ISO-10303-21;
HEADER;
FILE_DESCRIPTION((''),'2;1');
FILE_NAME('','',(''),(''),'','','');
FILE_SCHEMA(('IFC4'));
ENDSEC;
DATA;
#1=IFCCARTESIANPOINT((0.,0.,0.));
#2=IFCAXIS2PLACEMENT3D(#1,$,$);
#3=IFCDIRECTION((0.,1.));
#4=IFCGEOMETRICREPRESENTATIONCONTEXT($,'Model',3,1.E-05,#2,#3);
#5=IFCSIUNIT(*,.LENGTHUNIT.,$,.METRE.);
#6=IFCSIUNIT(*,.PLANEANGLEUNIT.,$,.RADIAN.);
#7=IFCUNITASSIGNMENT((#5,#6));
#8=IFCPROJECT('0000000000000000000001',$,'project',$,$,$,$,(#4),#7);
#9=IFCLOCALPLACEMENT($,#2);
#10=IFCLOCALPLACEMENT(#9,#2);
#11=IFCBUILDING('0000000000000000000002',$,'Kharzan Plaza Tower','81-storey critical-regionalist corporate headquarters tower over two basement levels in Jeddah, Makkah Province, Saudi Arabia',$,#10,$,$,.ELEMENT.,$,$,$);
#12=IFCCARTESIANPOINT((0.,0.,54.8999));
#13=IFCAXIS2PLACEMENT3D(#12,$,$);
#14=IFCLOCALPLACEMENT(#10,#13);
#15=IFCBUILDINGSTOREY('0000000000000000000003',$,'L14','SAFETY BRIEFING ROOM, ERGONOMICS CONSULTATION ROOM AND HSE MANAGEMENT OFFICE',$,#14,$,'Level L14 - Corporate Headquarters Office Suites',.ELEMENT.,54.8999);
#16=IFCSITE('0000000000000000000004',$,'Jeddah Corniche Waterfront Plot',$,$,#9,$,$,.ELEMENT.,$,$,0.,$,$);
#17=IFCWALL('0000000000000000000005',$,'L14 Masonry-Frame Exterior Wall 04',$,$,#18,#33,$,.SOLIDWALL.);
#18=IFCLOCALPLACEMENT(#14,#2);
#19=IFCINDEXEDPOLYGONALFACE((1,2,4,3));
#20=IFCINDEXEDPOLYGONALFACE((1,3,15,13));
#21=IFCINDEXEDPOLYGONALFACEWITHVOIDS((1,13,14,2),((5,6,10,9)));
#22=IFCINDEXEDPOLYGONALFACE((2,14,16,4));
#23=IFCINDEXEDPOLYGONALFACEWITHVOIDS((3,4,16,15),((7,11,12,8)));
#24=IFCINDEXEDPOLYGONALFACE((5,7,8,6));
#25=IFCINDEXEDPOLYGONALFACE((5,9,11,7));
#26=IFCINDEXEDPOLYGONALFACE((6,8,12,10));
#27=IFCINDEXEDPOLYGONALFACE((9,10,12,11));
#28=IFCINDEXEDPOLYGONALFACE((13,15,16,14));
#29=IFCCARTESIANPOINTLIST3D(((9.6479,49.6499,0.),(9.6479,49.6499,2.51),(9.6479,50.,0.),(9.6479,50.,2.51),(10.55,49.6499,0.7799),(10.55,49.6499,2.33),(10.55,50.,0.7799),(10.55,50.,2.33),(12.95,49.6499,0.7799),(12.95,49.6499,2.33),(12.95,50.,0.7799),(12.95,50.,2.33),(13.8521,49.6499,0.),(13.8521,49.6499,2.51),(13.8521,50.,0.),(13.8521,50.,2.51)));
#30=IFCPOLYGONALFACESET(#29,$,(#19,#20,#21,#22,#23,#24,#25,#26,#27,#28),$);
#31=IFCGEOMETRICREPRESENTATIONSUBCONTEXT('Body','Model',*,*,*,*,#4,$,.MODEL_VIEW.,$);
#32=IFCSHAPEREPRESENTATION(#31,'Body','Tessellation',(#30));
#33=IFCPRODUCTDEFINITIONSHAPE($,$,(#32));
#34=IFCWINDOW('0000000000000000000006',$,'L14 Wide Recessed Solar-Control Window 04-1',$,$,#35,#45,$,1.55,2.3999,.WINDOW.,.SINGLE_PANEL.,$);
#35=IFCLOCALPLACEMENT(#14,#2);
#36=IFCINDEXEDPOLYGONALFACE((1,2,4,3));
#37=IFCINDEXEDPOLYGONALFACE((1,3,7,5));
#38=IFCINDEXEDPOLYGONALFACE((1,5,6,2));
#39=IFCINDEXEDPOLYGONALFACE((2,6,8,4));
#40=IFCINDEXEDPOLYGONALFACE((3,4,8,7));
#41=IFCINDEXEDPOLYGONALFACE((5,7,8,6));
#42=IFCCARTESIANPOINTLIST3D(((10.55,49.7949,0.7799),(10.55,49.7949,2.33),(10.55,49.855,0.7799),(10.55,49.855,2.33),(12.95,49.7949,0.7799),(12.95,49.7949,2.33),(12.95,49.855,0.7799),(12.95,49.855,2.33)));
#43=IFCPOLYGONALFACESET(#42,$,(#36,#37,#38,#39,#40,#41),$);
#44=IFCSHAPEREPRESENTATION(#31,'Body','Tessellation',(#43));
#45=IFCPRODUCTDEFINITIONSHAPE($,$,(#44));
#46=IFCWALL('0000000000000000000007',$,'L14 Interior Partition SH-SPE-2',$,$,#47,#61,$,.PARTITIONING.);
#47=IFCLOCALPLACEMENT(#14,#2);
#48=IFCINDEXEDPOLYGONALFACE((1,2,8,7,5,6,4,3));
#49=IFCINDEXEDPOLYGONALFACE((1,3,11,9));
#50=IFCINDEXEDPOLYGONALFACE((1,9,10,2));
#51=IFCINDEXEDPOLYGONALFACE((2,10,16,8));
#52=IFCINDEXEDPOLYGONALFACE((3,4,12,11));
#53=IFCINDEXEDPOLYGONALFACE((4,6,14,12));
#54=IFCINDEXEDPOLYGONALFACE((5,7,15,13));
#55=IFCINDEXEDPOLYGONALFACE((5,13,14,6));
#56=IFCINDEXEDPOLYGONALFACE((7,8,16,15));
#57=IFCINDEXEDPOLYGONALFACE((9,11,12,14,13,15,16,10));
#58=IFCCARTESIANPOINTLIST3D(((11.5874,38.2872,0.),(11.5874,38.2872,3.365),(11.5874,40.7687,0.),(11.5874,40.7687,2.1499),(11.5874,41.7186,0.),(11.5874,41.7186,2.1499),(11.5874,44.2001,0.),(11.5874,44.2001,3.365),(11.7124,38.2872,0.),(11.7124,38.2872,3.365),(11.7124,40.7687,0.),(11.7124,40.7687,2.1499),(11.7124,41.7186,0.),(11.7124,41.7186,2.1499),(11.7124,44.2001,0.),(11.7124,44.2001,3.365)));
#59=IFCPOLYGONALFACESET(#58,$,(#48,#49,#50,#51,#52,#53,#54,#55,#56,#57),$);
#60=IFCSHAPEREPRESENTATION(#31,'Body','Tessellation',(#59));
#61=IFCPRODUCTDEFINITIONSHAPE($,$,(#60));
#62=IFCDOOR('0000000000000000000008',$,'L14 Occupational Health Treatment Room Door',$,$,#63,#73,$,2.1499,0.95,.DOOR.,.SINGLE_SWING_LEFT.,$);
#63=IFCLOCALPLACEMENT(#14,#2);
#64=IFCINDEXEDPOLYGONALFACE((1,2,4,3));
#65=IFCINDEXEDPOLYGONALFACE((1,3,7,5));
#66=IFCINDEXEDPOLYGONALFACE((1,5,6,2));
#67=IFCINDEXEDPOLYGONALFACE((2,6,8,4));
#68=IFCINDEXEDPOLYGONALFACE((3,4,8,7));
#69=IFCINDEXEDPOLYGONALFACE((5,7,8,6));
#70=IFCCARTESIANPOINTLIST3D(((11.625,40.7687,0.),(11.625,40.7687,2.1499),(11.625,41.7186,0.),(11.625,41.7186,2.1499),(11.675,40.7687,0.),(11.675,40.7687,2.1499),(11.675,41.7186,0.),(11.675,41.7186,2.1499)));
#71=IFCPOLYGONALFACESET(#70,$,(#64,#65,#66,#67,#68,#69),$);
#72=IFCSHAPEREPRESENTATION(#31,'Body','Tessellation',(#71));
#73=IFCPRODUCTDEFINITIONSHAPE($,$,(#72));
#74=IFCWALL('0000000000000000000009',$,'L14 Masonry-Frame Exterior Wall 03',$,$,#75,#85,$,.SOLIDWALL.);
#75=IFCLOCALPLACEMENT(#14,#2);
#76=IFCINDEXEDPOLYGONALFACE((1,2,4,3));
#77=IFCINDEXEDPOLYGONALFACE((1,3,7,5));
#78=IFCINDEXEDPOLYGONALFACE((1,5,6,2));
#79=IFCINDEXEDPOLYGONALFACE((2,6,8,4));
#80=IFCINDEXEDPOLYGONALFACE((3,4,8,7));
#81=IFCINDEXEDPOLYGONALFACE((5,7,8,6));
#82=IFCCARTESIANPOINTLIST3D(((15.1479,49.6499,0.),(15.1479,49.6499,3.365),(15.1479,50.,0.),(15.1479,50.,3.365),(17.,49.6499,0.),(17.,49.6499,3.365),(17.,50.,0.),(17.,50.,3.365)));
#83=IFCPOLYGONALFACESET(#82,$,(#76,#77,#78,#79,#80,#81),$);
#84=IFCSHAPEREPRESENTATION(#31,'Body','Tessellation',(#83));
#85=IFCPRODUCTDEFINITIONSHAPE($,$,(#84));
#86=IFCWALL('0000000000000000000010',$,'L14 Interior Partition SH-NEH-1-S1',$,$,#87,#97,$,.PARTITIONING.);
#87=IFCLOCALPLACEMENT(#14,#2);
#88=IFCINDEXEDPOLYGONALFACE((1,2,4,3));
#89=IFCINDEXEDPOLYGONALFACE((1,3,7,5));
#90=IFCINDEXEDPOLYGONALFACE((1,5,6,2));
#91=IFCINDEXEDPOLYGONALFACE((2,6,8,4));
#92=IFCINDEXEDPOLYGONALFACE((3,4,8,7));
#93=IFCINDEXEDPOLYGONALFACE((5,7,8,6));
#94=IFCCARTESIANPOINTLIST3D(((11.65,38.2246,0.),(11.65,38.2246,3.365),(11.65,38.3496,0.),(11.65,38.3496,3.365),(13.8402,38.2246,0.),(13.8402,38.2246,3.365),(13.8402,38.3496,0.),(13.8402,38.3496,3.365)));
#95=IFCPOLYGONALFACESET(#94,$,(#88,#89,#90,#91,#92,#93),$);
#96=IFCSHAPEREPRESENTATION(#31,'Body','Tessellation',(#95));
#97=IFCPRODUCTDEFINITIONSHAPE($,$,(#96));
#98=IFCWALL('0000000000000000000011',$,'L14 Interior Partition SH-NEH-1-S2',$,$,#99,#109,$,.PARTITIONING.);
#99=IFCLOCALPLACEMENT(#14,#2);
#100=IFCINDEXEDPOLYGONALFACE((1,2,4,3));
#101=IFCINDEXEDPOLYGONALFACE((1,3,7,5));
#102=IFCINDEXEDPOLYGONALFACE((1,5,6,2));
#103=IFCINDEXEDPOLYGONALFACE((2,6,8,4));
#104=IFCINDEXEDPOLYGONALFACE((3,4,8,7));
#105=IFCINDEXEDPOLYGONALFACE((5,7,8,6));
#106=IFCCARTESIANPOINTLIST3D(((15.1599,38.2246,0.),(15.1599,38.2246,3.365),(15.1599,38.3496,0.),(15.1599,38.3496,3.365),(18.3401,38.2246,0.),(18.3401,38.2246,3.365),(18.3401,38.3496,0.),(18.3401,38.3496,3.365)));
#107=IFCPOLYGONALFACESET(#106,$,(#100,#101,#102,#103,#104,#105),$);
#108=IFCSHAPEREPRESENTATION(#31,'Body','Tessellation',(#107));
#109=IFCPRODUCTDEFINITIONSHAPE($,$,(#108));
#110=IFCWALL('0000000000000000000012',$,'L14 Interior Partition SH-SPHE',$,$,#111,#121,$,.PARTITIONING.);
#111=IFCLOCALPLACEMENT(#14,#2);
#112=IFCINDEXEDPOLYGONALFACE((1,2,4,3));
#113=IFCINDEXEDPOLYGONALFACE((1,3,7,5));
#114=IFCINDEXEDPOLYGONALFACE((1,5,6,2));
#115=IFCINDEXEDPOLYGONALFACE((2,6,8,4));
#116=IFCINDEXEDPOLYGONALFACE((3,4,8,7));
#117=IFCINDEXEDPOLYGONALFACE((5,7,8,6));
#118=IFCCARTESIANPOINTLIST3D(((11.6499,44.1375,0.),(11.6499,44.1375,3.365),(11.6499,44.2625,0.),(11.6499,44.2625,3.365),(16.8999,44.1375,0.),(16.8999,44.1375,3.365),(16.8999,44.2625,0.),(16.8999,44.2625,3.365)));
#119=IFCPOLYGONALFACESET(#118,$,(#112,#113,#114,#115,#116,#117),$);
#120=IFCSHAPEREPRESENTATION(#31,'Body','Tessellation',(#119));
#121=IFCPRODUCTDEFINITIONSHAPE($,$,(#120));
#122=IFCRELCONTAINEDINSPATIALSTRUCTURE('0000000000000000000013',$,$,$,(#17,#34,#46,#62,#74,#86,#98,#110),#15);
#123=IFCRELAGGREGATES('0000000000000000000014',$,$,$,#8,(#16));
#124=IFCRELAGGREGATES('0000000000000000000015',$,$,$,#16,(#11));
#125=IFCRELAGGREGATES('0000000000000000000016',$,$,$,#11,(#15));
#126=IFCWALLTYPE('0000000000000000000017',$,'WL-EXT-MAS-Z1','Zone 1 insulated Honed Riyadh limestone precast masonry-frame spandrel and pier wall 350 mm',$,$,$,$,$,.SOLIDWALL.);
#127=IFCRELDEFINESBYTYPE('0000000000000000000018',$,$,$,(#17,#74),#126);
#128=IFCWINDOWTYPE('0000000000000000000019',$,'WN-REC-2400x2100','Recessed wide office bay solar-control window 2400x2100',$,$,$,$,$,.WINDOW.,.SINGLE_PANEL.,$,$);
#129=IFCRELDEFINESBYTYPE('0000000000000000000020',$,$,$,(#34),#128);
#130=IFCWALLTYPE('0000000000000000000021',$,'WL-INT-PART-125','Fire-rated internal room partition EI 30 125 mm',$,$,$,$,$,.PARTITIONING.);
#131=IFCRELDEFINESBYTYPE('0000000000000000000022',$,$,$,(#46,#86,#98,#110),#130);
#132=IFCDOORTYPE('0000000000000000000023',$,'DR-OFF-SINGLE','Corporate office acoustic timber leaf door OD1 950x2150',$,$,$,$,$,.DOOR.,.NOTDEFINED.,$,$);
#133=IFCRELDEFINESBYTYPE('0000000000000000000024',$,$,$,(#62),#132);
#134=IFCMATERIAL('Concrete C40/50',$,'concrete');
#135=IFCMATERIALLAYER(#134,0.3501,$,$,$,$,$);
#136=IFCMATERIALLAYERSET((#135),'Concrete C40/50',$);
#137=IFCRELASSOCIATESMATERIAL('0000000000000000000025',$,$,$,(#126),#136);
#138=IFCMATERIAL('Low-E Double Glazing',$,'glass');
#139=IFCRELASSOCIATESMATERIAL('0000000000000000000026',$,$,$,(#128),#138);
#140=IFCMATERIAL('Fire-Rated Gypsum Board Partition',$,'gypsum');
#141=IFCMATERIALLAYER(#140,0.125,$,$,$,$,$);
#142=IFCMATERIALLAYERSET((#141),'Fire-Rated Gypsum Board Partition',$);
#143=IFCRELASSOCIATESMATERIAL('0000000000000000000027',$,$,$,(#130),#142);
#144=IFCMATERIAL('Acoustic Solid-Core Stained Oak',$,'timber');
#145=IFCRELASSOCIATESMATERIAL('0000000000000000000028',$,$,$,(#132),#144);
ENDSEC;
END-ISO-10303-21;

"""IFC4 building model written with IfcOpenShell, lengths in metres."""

from ifc_helpers import new_model, si_unit, direction, frame, frame_2d, origin, place, context, subcontext, project, spatial, rectangle, extrude, source, transform, mapped, material, layer, layer_set, type_object, element, fill, save


model = new_model("IFC4")

# Units and contexts
model_context = context("Model", 3, precision=1e-05, world=origin(), true_north=direction((0.0, 1.0)))
body_context = subcontext(model_context, "Body", "Model", "MODEL_VIEW")
ifc_project = project(units=[si_unit("LENGTHUNIT", "METRE"), si_unit("PLANEANGLEUNIT", "RADIAN")], contexts=[model_context])

# Site, building, storey
site_placement = place(None, origin())
site = spatial("IfcSite", under=ifc_project, at=site_placement, Name="Jeddah Corniche Waterfront Plot", CompositionType="ELEMENT", RefElevation=0.0)
building_placement = place(site_placement, origin())
building = spatial("IfcBuilding", under=site, at=building_placement, Name="Kharzan Plaza Tower", Description="81-storey critical-regionalist corporate headquarters tower over two basement levels in Jeddah, Makkah Province, Saudi Arabia", CompositionType="ELEMENT")
storey_placement = place(building_placement, frame((0.0, 0.0, 54.8999)))
storey = spatial("IfcBuildingStorey", under=building, at=storey_placement, Name="L14", Description="SAFETY BRIEFING ROOM, ERGONOMICS CONSULTATION ROOM AND HSE MANAGEMENT OFFICE", LongName="Level L14 - Corporate Headquarters Office Suites", CompositionType="ELEMENT", Elevation=54.8999)

# Wall, opening, window
ifc_material_1 = material(Name="Concrete C40/50", Category="concrete")
ifc_layer_1 = layer(ifc_material_1, 0.3501)
ifc_layer_set_1 = layer_set([ifc_layer_1], Name="Concrete C40/50")
wall_type_1 = type_object("IfcWallType", Name="WL-EXT-MAS-Z1", Description="Zone 1 insulated Honed Riyadh limestone precast masonry-frame spandrel and pier wall 350 mm", PredefinedType="SOLIDWALL", material=ifc_layer_set_1)
ifc_material_2 = material(Name="Low-E Double Glazing", Category="glass")
wall_1_placement = place(storey_placement, frame((13.8521, 49.825, 0.0), z_axis=(0.0, 0.0, 1.0), x_axis=(-1.0, 0.0, 0.0)))
wall_1 = element("IfcWall", 1, at=wall_1_placement, inside=storey, type_object=wall_type_1, Name="L14 Masonry-Frame Exterior Wall 04", PredefinedType="SOLIDWALL", context=body_context, shape_type="SweptSolid", body=[
    extrude(rectangle(XDim=4.2041, YDim=0.3501, at=frame_2d((2.1021, 0.0))), origin(), (0.0, 0.0, 1.0), 2.51),
])
opening_1_placement = place(wall_1_placement, frame((0.9021, 0.0, 0.78)))
opening_1 = element("IfcOpeningElement", 2, at=opening_1_placement, cuts=wall_1, PredefinedType="OPENING", context=body_context, shape_type="SweptSolid", body=[
    extrude(rectangle(XDim=2.3999, YDim=1.55, at=frame_2d((1.2, 0.7749))), frame((0.0, 0.1851, 0.0), z_axis=(0.0, -1.0, 0.0), x_axis=(1.0, 0.0, 0.0)), (0.0, 0.0, 1.0), 0.3701),
])
window_type_1 = type_object("IfcWindowType", Name="WN-REC-2400x2100", Description="Recessed wide office bay solar-control window 2400x2100", PartitioningType="SINGLE_PANEL", PredefinedType="WINDOW", material=ifc_material_2)
shared_shape_1 = source(origin(), body_context, "Body", "SweptSolid", [
    extrude(rectangle(XDim=2.3999, YDim=1.55, at=frame_2d((1.2, 0.7749))), frame((0.0, 0.03, 0.0), z_axis=(0.0, -1.0, 0.0), x_axis=(1.0, 0.0, 0.0)), (0.0, 0.0, 1.0), 0.0601),
])
window_1_placement = place(opening_1_placement, origin())
window_1 = element("IfcWindow", 3, at=window_1_placement, inside=storey, type_object=window_type_1, Name="L14 Wide Recessed Solar-Control Window 04-1", OverallHeight=1.55, OverallWidth=2.3999, PartitioningType="SINGLE_PANEL", PredefinedType="WINDOW", context=body_context, shape_type="MappedRepresentation", body=[
    mapped(shared_shape_1, transform((0.0, 0.0, 0.0), x_axis=(1.0, 0.0, 0.0), y_axis=(0.0, 1.0, 0.0), z_axis=(0.0, 0.0, 1.0))),
])
fill(opening_1, window_1)

# Wall, opening, door
ifc_material_3 = material(Name="Fire-Rated Gypsum Board Partition", Category="gypsum")
ifc_layer_2 = layer(ifc_material_3, 0.125)
ifc_layer_set_2 = layer_set([ifc_layer_2], Name="Fire-Rated Gypsum Board Partition")
wall_type_2 = type_object("IfcWallType", Name="WL-INT-PART-125", Description="Fire-rated internal room partition EI 30 125 mm", PredefinedType="PARTITIONING", material=ifc_layer_set_2)
wall_2_placement = place(storey_placement, frame((11.6499, 38.2871, 0.0), z_axis=(0.0, 0.0, 1.0), x_axis=(0.0, 1.0, 0.0)))
wall_2 = element("IfcWall", 4, at=wall_2_placement, inside=storey, type_object=wall_type_2, Name="L14 Interior Partition SH-SPE-2", PredefinedType="PARTITIONING", context=body_context, shape_type="SweptSolid", body=[
    extrude(rectangle(XDim=5.9128, YDim=0.125, at=frame_2d((2.9565, 0.0))), origin(), (0.0, 0.0, 1.0), 3.365),
])
opening_2_placement = place(wall_2_placement, frame((2.4814, 0.0, 0.0)))
opening_2 = element("IfcOpeningElement", 5, at=opening_2_placement, cuts=wall_2, PredefinedType="OPENING", context=body_context, shape_type="SweptSolid", body=[
    extrude(rectangle(XDim=0.95, YDim=2.1499, at=frame_2d((0.4751, 1.075))), frame((0.0, 0.0725, 0.0), z_axis=(0.0, -1.0, 0.0), x_axis=(1.0, 0.0, 0.0)), (0.0, 0.0, 1.0), 0.145),
])
ifc_material_4 = material(Name="Acoustic Solid-Core Stained Oak", Category="timber")
door_type = type_object("IfcDoorType", Name="DR-OFF-SINGLE", Description="Corporate office acoustic timber leaf door OD1 950x2150", OperationType="NOTDEFINED", PredefinedType="DOOR", material=ifc_material_4)
shared_shape_2 = source(origin(), body_context, "Body", "SweptSolid", [
    extrude(rectangle(XDim=0.95, YDim=2.1499, at=frame_2d((0.4751, 1.075))), frame((0.0, 0.0249, 0.0), z_axis=(0.0, -1.0, 0.0), x_axis=(1.0, 0.0, 0.0)), (0.0, 0.0, 1.0), 0.05),
])
door_1_placement = place(opening_2_placement, origin())
door_1 = element("IfcDoor", 6, at=door_1_placement, inside=storey, type_object=door_type, Name="L14 Occupational Health Treatment Room Door", OperationType="SINGLE_SWING_LEFT", OverallHeight=2.1499, OverallWidth=0.95, PredefinedType="DOOR", context=body_context, shape_type="MappedRepresentation", body=[
    mapped(shared_shape_2, transform((0.0, 0.0, 0.0), x_axis=(1.0, 0.0, 0.0), y_axis=(0.0, 1.0, 0.0), z_axis=(0.0, 0.0, 1.0))),
])
fill(opening_2, door_1)

# Walls
shared_shape_3 = source(origin(), body_context, "Body", "SweptSolid", [
    extrude(rectangle(XDim=1.8521, YDim=0.3501, at=frame_2d((0.926, 0.0))), origin(), (0.0, 0.0, 1.0), 3.365),
])
wall_3_placement = place(storey_placement, frame((17.0, 49.825, 0.0), z_axis=(0.0, 0.0, 1.0), x_axis=(-1.0, 0.0, 0.0)))
element("IfcWall", 7, at=wall_3_placement, inside=storey, type_object=wall_type_1, Name="L14 Masonry-Frame Exterior Wall 03", PredefinedType="SOLIDWALL", context=body_context, shape_type="MappedRepresentation", body=[
    mapped(shared_shape_3, transform((0.0, 0.0, 0.0), x_axis=(1.0, 0.0, 0.0), y_axis=(0.0, 1.0, 0.0), z_axis=(0.0, 0.0, 1.0))),
])
shared_shape_4 = source(origin(), body_context, "Body", "SweptSolid", [
    extrude(rectangle(XDim=2.1902, YDim=0.125, at=frame_2d((1.0952, 0.0))), origin(), (0.0, 0.0, 1.0), 3.365),
])
wall_4_placement = place(storey_placement, frame((11.6499, 38.2871, 0.0), z_axis=(0.0, 0.0, 1.0), x_axis=(1.0, 0.0, 0.0)))
element("IfcWall", 8, at=wall_4_placement, inside=storey, type_object=wall_type_2, Name="L14 Interior Partition SH-NEH-1-S1", PredefinedType="PARTITIONING", context=body_context, shape_type="MappedRepresentation", body=[
    mapped(shared_shape_4, transform((0.0, 0.0, 0.0), x_axis=(1.0, 0.0, 0.0), y_axis=(0.0, 1.0, 0.0), z_axis=(0.0, 0.0, 1.0))),
])
shared_shape_5 = source(origin(), body_context, "Body", "SweptSolid", [
    extrude(rectangle(XDim=3.1802, YDim=0.125, at=frame_2d((1.5901, 0.0))), origin(), (0.0, 0.0, 1.0), 3.365),
])
wall_5_placement = place(storey_placement, frame((15.1599, 38.2871, 0.0), z_axis=(0.0, 0.0, 1.0), x_axis=(1.0, 0.0, 0.0)))
element("IfcWall", 9, at=wall_5_placement, inside=storey, type_object=wall_type_2, Name="L14 Interior Partition SH-NEH-1-S2", PredefinedType="PARTITIONING", context=body_context, shape_type="MappedRepresentation", body=[
    mapped(shared_shape_5, transform((0.0, 0.0, 0.0), x_axis=(1.0, 0.0, 0.0), y_axis=(0.0, 1.0, 0.0), z_axis=(0.0, 0.0, 1.0))),
])
shared_shape_6 = source(origin(), body_context, "Body", "SweptSolid", [
    extrude(rectangle(XDim=5.25, YDim=0.125, at=frame_2d((2.625, 0.0))), origin(), (0.0, 0.0, 1.0), 3.365),
])
wall_6_placement = place(storey_placement, frame((11.6499, 44.2, 0.0), z_axis=(0.0, 0.0, 1.0), x_axis=(1.0, 0.0, 0.0)))
element("IfcWall", 10, at=wall_6_placement, inside=storey, type_object=wall_type_2, Name="L14 Interior Partition SH-SPHE", PredefinedType="PARTITIONING", context=body_context, shape_type="MappedRepresentation", body=[
    mapped(shared_shape_6, transform((0.0, 0.0, 0.0), x_axis=(1.0, 0.0, 0.0), y_axis=(0.0, 1.0, 0.0), z_axis=(0.0, 0.0, 1.0))),
])

save(model, "model.ifc")
